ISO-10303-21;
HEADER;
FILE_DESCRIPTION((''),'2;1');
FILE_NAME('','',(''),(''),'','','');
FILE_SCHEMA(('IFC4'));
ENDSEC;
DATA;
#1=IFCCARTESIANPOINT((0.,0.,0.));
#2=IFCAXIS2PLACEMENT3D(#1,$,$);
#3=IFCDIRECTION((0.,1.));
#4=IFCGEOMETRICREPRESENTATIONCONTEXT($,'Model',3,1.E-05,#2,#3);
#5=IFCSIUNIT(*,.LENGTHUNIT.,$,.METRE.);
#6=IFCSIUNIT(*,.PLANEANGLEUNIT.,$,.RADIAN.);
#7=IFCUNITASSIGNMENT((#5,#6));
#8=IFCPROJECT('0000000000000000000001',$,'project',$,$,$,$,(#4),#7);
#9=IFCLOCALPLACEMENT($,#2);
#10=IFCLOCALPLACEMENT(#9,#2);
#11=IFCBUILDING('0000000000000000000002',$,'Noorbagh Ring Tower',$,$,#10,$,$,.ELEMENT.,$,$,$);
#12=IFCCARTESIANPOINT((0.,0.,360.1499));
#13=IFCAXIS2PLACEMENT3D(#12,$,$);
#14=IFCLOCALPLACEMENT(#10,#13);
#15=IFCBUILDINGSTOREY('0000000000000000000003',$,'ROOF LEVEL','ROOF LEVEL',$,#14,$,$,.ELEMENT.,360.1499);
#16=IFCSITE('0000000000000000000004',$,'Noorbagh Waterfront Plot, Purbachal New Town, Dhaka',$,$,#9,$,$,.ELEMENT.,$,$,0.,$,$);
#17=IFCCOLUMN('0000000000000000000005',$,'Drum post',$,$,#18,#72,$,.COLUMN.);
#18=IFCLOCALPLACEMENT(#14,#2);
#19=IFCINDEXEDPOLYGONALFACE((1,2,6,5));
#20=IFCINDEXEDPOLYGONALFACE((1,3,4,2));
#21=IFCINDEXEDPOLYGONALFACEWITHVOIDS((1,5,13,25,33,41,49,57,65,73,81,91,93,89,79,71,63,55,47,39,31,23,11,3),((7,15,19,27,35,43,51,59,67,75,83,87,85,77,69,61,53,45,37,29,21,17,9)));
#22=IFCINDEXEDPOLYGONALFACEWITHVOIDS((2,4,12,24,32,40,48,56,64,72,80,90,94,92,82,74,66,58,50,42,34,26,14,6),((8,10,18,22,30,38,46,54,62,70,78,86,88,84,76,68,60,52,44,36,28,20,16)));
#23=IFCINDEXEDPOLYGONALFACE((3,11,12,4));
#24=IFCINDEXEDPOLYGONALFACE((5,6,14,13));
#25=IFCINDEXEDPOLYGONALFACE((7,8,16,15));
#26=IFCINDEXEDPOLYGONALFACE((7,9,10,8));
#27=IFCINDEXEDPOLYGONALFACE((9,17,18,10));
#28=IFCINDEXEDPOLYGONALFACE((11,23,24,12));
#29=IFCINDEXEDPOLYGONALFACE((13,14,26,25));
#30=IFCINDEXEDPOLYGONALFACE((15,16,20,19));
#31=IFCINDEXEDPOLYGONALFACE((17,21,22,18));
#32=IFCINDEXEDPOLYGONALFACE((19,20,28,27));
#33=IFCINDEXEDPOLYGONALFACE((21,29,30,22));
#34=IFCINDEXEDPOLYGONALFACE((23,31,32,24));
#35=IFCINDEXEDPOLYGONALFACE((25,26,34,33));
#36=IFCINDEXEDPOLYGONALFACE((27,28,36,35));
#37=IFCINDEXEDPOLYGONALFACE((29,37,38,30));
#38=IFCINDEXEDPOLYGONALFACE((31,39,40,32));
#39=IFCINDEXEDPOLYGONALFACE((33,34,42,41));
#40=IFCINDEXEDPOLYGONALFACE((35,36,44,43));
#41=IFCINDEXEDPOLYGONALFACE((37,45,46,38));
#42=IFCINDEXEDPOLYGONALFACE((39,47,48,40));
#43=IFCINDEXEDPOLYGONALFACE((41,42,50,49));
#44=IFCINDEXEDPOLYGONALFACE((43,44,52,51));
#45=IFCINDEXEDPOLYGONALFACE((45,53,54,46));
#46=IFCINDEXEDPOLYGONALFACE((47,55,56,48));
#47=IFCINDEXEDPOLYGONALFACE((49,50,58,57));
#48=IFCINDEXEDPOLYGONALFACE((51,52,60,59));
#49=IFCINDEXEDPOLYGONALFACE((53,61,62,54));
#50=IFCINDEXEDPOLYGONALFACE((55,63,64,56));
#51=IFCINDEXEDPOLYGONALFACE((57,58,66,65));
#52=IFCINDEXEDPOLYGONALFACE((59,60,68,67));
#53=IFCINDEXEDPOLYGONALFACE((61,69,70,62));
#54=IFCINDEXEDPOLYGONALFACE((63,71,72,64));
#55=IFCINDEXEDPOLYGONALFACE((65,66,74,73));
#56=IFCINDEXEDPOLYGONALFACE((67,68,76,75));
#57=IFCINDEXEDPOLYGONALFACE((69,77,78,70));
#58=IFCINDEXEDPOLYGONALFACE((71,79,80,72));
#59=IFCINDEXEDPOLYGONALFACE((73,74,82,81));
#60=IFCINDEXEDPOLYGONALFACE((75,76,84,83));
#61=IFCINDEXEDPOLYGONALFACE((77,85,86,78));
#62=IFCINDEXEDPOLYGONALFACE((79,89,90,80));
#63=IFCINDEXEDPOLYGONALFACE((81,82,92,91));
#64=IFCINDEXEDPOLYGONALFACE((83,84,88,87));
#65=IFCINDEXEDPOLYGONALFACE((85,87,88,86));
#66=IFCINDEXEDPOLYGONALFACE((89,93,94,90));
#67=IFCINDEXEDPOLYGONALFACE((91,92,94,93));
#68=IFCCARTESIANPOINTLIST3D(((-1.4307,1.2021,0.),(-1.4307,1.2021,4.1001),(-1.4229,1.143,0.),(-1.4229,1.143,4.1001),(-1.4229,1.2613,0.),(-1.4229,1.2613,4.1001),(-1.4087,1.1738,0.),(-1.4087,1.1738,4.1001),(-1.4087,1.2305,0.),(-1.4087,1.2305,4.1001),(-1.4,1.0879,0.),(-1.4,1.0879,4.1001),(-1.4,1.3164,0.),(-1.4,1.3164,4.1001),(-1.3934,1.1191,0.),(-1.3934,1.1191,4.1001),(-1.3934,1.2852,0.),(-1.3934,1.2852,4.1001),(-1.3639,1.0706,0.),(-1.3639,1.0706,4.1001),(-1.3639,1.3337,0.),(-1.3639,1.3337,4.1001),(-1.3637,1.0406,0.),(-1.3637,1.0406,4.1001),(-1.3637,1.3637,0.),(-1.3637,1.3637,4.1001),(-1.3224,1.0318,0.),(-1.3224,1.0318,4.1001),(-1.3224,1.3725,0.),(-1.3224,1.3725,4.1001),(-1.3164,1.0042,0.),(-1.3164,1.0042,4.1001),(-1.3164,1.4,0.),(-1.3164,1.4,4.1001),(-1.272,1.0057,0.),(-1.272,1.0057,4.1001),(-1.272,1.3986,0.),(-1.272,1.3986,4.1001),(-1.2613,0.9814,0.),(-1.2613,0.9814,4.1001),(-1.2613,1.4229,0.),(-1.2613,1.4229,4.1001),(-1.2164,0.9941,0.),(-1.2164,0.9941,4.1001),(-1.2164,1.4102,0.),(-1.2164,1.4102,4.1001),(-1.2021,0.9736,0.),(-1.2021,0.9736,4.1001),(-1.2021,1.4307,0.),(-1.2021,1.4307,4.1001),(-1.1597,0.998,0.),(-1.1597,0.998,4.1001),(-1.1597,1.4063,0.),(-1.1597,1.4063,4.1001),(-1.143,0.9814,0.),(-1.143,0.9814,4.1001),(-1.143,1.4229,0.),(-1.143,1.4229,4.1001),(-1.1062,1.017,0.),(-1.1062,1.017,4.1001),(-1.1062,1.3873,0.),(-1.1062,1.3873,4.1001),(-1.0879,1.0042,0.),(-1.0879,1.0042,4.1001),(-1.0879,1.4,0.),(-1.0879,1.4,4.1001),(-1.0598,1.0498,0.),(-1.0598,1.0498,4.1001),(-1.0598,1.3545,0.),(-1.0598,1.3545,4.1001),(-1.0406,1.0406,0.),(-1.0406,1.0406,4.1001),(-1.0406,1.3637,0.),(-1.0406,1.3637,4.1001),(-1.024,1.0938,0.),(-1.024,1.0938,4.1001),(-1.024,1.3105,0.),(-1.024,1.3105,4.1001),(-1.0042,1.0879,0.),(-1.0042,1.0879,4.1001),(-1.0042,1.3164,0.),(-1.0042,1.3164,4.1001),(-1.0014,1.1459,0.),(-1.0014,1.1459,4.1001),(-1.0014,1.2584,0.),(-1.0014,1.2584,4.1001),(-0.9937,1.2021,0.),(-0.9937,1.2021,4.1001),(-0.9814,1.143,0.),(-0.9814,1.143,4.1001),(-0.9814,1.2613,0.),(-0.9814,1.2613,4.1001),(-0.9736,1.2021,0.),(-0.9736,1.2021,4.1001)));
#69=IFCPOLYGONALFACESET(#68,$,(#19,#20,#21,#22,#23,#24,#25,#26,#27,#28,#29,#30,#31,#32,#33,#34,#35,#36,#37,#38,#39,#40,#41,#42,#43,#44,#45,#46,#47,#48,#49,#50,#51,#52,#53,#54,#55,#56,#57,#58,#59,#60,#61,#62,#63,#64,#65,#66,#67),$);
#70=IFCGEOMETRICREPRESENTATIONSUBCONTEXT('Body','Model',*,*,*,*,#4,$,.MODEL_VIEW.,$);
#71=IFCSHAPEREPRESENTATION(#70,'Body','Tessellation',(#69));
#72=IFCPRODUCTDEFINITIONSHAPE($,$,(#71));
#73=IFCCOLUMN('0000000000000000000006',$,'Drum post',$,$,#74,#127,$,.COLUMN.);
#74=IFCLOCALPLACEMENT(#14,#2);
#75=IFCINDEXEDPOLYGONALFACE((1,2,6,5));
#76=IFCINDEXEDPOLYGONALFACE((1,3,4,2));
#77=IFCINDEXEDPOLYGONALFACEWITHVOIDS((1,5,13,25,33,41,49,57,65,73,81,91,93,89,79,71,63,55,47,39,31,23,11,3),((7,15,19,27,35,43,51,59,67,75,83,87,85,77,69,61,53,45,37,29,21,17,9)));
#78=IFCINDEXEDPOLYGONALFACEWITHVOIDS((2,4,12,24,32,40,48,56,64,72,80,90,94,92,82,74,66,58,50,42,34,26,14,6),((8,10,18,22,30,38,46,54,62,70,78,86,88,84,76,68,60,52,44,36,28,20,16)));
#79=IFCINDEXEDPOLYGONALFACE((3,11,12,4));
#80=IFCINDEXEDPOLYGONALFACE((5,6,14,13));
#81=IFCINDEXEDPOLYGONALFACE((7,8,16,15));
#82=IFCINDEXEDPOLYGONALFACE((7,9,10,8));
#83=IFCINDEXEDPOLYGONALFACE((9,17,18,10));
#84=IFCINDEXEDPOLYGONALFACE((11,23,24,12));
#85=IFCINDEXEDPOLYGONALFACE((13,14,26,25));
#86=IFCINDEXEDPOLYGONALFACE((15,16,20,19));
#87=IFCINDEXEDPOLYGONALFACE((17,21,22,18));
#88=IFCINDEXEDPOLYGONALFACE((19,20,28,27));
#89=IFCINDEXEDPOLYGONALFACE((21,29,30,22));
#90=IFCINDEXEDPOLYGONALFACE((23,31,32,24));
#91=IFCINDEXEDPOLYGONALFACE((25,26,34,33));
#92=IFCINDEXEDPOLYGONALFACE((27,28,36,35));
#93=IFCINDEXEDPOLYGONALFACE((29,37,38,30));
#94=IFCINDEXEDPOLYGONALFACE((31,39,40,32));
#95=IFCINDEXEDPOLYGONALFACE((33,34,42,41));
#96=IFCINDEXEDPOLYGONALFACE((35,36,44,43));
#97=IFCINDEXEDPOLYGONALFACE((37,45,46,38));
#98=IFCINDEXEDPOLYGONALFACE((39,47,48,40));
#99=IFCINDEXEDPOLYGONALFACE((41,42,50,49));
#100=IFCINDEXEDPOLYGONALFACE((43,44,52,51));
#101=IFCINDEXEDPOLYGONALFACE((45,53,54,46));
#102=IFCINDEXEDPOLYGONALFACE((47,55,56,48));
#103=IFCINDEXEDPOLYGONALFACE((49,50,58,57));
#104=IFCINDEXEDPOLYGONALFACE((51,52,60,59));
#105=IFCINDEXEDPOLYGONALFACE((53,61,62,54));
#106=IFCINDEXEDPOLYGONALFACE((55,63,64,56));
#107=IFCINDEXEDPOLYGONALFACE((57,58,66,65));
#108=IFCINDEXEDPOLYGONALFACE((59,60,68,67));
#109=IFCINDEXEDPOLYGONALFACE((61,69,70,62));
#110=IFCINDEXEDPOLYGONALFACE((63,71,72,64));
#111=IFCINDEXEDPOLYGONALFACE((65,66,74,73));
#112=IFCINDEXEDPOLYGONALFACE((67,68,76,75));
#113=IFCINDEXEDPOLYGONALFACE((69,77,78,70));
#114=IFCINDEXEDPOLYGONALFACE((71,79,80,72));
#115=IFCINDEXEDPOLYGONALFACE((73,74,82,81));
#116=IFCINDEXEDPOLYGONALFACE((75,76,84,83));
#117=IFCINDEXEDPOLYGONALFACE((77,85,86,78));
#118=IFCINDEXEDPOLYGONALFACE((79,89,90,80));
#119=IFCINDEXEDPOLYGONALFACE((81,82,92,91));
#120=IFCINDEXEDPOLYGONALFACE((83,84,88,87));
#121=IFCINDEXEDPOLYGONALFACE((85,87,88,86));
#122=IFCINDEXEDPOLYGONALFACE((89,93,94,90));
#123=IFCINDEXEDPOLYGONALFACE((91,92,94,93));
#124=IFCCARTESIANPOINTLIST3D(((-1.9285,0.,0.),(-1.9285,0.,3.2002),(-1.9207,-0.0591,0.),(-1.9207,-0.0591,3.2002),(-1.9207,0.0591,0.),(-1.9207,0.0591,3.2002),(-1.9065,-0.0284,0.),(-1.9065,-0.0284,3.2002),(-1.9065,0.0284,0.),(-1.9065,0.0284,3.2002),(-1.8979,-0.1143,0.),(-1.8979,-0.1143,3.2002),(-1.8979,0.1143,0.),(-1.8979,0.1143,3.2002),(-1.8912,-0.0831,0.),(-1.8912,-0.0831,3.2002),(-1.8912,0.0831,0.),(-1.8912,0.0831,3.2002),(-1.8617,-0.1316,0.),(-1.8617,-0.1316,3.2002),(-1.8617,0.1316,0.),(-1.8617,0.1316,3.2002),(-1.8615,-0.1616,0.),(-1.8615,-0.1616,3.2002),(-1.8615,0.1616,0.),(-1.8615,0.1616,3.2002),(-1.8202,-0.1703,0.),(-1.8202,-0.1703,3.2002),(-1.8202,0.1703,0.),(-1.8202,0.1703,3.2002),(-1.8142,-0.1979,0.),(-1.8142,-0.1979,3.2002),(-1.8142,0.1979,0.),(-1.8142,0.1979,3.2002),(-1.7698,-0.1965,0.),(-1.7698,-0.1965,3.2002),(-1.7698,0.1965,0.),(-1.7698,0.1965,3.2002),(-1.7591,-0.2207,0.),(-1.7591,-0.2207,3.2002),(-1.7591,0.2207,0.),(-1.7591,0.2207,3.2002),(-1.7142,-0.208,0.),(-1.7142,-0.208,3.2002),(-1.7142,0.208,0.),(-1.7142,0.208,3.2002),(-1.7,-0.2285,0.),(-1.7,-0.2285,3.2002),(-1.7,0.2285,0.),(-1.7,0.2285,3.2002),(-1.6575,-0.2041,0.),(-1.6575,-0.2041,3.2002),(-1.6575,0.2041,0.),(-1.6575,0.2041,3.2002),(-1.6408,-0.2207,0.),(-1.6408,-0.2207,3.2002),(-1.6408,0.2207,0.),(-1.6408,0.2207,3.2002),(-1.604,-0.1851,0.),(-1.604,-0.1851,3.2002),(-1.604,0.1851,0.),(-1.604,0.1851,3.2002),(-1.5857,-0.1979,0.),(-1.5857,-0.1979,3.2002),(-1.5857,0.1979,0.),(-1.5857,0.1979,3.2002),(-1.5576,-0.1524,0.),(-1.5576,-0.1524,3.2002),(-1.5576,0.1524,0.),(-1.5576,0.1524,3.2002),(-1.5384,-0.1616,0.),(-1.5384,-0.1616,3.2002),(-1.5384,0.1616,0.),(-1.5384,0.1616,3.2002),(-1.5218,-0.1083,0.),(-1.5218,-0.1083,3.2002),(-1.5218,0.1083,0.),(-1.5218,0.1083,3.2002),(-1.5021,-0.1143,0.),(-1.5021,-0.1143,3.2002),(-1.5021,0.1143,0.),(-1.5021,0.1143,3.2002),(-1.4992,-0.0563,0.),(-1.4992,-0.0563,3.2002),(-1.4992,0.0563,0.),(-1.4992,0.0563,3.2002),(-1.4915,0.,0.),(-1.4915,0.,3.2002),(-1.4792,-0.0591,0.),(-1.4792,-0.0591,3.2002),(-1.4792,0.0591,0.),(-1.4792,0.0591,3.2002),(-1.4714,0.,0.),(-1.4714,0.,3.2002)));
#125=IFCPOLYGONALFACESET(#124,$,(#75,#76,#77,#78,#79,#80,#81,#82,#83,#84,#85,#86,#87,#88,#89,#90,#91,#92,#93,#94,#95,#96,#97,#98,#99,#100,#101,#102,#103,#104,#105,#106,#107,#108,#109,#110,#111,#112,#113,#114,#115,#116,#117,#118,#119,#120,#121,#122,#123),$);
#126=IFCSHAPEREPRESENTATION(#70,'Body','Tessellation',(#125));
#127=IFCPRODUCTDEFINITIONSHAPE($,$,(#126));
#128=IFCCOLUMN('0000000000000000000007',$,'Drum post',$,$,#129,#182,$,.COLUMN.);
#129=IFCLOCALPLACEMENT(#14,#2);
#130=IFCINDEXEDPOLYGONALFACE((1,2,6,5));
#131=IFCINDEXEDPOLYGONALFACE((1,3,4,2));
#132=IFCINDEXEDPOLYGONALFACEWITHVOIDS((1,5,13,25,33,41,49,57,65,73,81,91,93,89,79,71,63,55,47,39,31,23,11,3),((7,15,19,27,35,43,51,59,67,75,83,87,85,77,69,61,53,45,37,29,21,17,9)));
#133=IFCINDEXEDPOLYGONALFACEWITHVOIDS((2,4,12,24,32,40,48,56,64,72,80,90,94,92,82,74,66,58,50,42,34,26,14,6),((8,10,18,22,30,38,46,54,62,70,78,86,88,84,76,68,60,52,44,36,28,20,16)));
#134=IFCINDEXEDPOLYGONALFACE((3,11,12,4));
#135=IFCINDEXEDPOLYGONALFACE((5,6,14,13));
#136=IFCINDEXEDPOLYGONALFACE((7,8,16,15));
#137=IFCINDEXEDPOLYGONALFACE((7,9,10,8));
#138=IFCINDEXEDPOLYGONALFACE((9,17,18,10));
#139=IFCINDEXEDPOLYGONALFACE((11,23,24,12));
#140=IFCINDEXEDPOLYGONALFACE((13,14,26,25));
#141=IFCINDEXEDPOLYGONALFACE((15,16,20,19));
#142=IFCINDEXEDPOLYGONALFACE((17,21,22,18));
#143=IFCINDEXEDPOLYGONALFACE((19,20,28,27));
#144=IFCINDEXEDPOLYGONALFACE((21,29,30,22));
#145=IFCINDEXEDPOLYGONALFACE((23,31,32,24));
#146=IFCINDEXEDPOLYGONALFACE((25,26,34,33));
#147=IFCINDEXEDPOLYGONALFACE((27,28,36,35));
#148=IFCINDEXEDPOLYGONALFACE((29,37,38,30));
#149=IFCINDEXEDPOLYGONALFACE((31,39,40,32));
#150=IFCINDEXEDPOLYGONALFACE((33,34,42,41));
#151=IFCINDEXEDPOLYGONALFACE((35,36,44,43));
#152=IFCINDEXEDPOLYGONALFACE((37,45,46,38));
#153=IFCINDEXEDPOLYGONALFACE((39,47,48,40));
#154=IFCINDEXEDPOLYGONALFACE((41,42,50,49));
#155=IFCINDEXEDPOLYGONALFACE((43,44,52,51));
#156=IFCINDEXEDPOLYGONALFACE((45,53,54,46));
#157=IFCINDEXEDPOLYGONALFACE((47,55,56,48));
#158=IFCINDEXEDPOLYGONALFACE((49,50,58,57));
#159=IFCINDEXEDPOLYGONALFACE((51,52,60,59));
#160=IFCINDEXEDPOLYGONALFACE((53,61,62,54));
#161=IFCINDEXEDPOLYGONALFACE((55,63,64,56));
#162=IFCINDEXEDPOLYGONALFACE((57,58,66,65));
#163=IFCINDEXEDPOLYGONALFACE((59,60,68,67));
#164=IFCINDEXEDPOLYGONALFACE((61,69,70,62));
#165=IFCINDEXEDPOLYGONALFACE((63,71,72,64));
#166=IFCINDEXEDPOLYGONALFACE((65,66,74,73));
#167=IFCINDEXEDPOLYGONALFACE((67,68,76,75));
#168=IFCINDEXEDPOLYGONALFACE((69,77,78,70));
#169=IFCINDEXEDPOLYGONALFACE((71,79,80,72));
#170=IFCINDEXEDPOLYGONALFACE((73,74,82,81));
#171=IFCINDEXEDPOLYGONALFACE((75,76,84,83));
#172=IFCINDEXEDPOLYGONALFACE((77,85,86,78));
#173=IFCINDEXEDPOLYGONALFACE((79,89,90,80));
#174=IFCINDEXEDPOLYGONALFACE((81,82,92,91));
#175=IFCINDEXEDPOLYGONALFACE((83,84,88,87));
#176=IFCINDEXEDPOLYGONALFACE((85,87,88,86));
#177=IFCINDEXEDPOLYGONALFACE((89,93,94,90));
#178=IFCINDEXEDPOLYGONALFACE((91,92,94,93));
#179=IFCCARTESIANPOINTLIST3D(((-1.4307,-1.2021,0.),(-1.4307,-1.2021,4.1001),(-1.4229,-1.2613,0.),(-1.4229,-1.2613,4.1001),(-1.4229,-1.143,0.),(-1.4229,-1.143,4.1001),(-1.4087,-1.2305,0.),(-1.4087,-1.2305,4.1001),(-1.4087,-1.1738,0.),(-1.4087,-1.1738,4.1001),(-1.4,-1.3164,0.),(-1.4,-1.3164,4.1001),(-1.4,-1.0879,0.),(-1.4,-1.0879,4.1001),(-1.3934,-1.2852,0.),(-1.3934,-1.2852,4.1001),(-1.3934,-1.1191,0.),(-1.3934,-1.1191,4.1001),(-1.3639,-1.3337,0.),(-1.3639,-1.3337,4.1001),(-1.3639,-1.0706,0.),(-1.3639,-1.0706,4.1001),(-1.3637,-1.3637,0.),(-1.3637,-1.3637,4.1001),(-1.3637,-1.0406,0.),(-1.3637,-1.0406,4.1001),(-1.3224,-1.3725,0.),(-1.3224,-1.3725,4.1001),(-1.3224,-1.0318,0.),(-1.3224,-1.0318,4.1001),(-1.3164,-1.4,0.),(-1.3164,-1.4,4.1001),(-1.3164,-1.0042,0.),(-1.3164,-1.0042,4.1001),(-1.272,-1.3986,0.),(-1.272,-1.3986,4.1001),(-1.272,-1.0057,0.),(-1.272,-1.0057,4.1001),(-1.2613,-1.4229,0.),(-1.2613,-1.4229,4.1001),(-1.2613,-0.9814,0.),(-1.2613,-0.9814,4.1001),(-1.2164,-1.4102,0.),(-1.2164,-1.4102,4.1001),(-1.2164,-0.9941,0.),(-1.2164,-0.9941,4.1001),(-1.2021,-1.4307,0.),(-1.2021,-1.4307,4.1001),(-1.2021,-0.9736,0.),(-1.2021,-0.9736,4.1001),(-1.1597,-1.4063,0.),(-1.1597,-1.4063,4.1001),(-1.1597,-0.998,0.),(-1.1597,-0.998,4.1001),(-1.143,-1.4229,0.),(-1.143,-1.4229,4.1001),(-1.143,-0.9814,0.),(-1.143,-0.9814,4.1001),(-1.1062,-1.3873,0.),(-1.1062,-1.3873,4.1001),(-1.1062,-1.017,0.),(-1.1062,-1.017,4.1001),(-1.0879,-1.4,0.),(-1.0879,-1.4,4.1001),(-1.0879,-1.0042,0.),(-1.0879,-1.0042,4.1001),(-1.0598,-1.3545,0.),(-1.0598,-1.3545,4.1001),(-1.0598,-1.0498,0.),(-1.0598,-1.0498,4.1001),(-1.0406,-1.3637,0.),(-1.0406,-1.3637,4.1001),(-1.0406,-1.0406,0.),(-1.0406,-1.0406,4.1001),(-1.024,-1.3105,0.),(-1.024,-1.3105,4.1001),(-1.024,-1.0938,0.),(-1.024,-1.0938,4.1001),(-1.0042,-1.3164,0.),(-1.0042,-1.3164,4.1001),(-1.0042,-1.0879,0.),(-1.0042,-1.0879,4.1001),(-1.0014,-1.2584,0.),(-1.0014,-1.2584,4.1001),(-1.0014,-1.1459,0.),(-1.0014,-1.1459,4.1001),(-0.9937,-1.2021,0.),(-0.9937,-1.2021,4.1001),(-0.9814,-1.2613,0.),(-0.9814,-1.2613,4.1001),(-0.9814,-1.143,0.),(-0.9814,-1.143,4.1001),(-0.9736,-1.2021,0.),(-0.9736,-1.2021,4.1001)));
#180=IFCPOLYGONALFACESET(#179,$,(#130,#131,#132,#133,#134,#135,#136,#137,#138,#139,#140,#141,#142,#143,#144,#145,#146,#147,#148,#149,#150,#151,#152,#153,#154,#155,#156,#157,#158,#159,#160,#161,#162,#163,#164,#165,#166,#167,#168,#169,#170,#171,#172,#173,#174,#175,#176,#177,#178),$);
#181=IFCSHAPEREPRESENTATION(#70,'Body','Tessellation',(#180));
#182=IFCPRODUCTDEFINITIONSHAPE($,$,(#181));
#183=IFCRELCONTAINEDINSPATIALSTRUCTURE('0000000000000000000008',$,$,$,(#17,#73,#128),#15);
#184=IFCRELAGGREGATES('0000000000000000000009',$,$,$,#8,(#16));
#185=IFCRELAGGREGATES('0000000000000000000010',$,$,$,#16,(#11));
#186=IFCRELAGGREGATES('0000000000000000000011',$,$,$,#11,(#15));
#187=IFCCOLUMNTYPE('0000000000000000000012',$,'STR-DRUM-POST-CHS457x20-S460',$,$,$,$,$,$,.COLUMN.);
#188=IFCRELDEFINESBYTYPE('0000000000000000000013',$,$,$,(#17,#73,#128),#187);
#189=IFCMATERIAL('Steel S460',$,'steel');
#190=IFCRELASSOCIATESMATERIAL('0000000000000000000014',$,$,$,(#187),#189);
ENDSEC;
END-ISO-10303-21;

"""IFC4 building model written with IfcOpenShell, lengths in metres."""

from ifc_helpers import new_model, si_unit, direction, frame, origin, origin_2d, place, context, subcontext, project, spatial, hollow_circle, extrude, material, material_profile, profile_set, type_object, element, save


model = new_model("IFC4")

# Units and contexts
model_context = context("Model", 3, precision=1e-05, world=origin(), true_north=direction((0.0, 1.0)))
body_context = subcontext(model_context, "Body", "Model", "MODEL_VIEW")
ifc_project = project(units=[si_unit("LENGTHUNIT", "METRE"), si_unit("PLANEANGLEUNIT", "RADIAN")], contexts=[model_context])

# Site, building, storey
site_placement = place(None, origin())
site = spatial("IfcSite", under=ifc_project, at=site_placement, Name="Noorbagh Waterfront Plot, Purbachal New Town, Dhaka", CompositionType="ELEMENT", RefElevation=0.0)
building_placement = place(site_placement, origin())
building = spatial("IfcBuilding", under=site, at=building_placement, Name="Noorbagh Ring Tower", CompositionType="ELEMENT")
storey_placement = place(building_placement, frame((0.0, 0.0, 360.1499)))
storey = spatial("IfcBuildingStorey", under=building, at=storey_placement, Name="ROOF LEVEL", Description="ROOF LEVEL", CompositionType="ELEMENT", Elevation=360.1499)

# Columns
ifc_material_1 = material(Name="Steel S460", Category="steel")
ifc_material_profile_1 = material_profile(ifc_material_1, hollow_circle(Radius=0.2285, WallThickness=0.02, at=origin_2d()), Name="CHS457x20")
ifc_profile_set_1 = profile_set([ifc_material_profile_1], Name="Steel S460")
column_type = type_object("IfcColumnType", Name="STR-DRUM-POST-CHS457x20-S460", PredefinedType="COLUMN", material=ifc_profile_set_1)
column_1_placement = place(storey_placement, frame((-1.2021, 1.2021, 0.0), z_axis=(0.0, 0.0, 1.0), x_axis=(1.0, 0.0, 0.0)))
element("IfcColumn", 1, at=column_1_placement, inside=storey, type_object=column_type, Name="Drum post", PredefinedType="COLUMN", context=body_context, shape_type="SweptSolid", body=[
    extrude(hollow_circle(Radius=0.2285, WallThickness=0.02, at=origin_2d()), origin(), (0.0, 0.0, 1.0), 4.1001),
])
column_2_placement = place(storey_placement, frame((-1.7, 0.0, 0.0), z_axis=(0.0, 0.0, 1.0), x_axis=(1.0, 0.0, 0.0)))
element("IfcColumn", 2, at=column_2_placement, inside=storey, type_object=column_type, Name="Drum post", PredefinedType="COLUMN", context=body_context, shape_type="SweptSolid", body=[
    extrude(hollow_circle(Radius=0.2285, WallThickness=0.02, at=origin_2d()), origin(), (0.0, 0.0, 1.0), 3.2002),
])
column_3_placement = place(storey_placement, frame((-1.2021, -1.2021, 0.0), z_axis=(0.0, 0.0, 1.0), x_axis=(1.0, 0.0, 0.0)))
element("IfcColumn", 3, at=column_3_placement, inside=storey, type_object=column_type, Name="Drum post", PredefinedType="COLUMN", context=body_context, shape_type="SweptSolid", body=[
    extrude(hollow_circle(Radius=0.2285, WallThickness=0.02, at=origin_2d()), origin(), (0.0, 0.0, 1.0), 4.1001),
])

save(model, "model.ifc")
